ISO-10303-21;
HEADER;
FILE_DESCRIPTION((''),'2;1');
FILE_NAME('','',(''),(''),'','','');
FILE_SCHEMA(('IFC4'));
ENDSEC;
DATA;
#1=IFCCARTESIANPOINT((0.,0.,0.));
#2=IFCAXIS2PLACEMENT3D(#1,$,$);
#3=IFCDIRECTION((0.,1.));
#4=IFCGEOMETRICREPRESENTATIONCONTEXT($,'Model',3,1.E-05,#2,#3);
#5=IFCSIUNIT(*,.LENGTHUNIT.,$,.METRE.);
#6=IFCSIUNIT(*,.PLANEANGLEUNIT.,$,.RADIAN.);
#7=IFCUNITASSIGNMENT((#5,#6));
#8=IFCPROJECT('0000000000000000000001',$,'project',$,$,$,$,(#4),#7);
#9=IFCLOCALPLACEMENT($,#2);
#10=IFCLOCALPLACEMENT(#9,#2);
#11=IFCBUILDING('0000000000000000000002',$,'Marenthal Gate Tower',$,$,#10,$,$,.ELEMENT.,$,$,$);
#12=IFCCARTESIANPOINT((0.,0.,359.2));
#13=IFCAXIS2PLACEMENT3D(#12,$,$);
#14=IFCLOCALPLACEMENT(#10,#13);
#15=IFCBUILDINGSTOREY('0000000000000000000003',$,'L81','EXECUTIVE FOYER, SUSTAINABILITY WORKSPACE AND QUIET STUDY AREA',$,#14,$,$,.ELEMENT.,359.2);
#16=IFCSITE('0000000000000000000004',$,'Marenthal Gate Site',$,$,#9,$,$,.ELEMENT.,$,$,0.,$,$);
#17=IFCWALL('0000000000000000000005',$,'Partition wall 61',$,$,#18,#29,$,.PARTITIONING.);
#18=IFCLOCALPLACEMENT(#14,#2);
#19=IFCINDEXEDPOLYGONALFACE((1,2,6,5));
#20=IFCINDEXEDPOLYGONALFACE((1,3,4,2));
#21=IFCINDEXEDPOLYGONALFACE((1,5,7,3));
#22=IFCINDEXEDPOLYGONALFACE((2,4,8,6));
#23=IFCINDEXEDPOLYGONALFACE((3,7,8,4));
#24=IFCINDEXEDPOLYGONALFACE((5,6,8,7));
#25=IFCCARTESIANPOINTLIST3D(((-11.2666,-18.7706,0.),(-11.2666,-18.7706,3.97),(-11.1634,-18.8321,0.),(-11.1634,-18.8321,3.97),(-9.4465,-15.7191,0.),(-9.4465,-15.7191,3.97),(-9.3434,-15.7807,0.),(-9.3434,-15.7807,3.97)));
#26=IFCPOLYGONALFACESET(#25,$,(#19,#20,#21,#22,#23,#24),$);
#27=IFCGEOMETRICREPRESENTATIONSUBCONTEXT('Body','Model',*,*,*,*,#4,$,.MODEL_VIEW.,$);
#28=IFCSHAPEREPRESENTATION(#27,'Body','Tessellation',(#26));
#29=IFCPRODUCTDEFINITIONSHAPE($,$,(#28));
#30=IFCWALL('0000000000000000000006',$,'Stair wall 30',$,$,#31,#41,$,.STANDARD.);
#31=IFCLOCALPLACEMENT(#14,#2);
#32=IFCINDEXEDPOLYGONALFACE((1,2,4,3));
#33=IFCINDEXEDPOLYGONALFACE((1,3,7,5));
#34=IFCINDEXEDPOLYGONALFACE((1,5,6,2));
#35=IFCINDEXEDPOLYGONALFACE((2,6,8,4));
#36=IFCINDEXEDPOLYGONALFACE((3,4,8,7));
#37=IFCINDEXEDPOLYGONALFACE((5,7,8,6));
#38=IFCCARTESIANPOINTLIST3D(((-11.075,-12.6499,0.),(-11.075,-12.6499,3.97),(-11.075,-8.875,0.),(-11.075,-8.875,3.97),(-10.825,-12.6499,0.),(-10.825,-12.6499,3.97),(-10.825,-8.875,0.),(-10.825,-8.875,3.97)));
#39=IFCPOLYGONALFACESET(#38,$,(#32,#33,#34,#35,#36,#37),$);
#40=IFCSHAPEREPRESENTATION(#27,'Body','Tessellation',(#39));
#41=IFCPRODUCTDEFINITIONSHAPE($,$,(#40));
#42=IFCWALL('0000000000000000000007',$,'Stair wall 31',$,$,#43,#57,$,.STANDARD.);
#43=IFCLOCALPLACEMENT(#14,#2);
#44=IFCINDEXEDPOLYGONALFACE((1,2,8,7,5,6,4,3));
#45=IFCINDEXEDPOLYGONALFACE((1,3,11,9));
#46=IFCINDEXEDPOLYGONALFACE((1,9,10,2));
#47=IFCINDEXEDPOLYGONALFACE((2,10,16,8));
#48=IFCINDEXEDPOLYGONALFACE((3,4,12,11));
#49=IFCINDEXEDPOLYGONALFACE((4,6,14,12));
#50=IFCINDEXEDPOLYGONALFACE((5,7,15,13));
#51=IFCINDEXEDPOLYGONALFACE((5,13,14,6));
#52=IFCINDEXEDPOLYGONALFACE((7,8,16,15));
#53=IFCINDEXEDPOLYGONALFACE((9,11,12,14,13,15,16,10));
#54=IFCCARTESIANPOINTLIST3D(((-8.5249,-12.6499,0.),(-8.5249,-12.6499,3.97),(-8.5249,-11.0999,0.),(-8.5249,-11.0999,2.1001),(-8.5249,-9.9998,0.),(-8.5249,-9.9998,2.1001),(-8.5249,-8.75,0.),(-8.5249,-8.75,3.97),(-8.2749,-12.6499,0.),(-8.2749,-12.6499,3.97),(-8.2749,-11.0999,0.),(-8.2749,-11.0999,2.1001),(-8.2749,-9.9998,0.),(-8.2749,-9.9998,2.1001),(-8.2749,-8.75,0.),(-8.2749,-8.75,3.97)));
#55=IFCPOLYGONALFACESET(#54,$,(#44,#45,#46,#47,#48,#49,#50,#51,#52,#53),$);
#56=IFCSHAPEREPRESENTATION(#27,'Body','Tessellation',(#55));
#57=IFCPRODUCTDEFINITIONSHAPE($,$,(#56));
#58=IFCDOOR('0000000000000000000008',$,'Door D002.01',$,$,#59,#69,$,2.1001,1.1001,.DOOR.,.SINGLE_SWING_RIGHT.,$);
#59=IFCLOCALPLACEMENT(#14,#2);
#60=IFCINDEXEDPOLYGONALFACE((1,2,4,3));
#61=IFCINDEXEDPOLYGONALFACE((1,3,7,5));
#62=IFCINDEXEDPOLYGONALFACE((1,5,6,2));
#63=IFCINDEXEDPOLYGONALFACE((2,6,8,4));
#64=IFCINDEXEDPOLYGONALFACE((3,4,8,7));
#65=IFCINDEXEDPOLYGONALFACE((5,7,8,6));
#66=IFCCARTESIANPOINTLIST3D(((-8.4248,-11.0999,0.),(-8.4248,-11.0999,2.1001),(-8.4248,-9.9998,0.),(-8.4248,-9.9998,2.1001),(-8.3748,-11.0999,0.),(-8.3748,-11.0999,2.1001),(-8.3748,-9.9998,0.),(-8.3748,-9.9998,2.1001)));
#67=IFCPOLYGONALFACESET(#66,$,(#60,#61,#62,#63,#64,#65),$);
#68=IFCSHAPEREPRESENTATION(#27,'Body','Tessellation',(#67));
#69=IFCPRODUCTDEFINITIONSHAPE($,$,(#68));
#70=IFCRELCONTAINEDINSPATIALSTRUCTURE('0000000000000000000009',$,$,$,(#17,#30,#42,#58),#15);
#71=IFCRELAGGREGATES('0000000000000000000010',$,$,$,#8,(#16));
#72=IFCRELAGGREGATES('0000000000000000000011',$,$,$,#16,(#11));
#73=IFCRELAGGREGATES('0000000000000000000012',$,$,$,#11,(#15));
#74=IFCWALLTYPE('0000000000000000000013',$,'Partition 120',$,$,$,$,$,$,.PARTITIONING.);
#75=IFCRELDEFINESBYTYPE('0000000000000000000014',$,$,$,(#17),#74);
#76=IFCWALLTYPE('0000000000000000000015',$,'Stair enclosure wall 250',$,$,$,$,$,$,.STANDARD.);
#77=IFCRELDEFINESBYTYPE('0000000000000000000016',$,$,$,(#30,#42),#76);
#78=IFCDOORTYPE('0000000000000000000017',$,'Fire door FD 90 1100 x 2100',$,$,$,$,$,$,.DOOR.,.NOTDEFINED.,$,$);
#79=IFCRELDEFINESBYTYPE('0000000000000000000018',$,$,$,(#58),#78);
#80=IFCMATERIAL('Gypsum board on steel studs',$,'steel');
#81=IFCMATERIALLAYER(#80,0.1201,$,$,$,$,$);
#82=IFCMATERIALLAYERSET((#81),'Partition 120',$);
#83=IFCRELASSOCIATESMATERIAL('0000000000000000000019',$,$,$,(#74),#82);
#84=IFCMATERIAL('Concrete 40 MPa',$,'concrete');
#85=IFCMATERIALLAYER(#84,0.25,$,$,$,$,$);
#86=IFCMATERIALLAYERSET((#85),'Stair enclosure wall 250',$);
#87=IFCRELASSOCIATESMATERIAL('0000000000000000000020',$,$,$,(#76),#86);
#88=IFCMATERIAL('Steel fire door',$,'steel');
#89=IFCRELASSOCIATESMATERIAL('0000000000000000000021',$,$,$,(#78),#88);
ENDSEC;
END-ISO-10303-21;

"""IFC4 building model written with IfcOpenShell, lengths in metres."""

from ifc_helpers import new_model, si_unit, direction, frame, frame_2d, origin, place, context, subcontext, project, spatial, rectangle, extrude, material, layer, layer_set, type_object, element, fill, save


model = new_model("IFC4")

# Units and contexts
model_context = context("Model", 3, precision=1e-05, world=origin(), true_north=direction((0.0, 1.0)))
body_context = subcontext(model_context, "Body", "Model", "MODEL_VIEW")
ifc_project = project(units=[si_unit("LENGTHUNIT", "METRE"), si_unit("PLANEANGLEUNIT", "RADIAN")], contexts=[model_context])

# Site, building, storey
site_placement = place(None, origin())
site = spatial("IfcSite", under=ifc_project, at=site_placement, Name="Marenthal Gate Site", CompositionType="ELEMENT", RefElevation=0.0)
building_placement = place(site_placement, origin())
building = spatial("IfcBuilding", under=site, at=building_placement, Name="Marenthal Gate Tower", CompositionType="ELEMENT")
storey_placement = place(building_placement, frame((0.0, 0.0, 359.2)))
storey = spatial("IfcBuildingStorey", under=building, at=storey_placement, Name="L81", Description="EXECUTIVE FOYER, SUSTAINABILITY WORKSPACE AND QUIET STUDY AREA", CompositionType="ELEMENT", Elevation=359.2)

# Walls
ifc_material_1 = material(Name="Gypsum board on steel studs", Category="steel")
ifc_layer_1 = layer(ifc_material_1, 0.1201)
ifc_layer_set_1 = layer_set([ifc_layer_1], Name="Partition 120")
wall_type_1 = type_object("IfcWallType", Name="Partition 120", PredefinedType="PARTITIONING", material=ifc_layer_set_1)
wall_1_placement = place(storey_placement, frame((-9.395, -15.75, 0.0), z_axis=(0.0, 0.0, 1.0), x_axis=(-0.512251, -0.858836, 0.0)))
element("IfcWall", 1, at=wall_1_placement, inside=storey, type_object=wall_type_1, Name="Partition wall 61", PredefinedType="PARTITIONING", context=body_context, shape_type="SweptSolid", body=[
    extrude(rectangle(XDim=3.553, YDim=0.1201, at=frame_2d((1.7764, 0.0))), origin(), (0.0, 0.0, 1.0), 3.97),
])
ifc_material_2 = material(Name="Concrete 40 MPa", Category="concrete")
ifc_layer_2 = layer(ifc_material_2, 0.25)
ifc_layer_set_2 = layer_set([ifc_layer_2], Name="Stair enclosure wall 250")
wall_type_2 = type_object("IfcWallType", Name="Stair enclosure wall 250", PredefinedType="STANDARD", material=ifc_layer_set_2)
wall_2_placement = place(storey_placement, frame((-10.95, -12.6499, 0.0), z_axis=(0.0, 0.0, 1.0), x_axis=(0.0, 1.0, 0.0)))
element("IfcWall", 2, at=wall_2_placement, inside=storey, type_object=wall_type_2, Name="Stair wall 30", PredefinedType="STANDARD", context=body_context, shape_type="SweptSolid", body=[
    extrude(rectangle(XDim=3.7749, YDim=0.25, at=frame_2d((1.8875, 0.0))), origin(), (0.0, 0.0, 1.0), 3.97),
])

# Wall, opening, door
wall_3_placement = place(storey_placement, frame((-8.3999, -12.6499, 0.0), z_axis=(0.0, 0.0, 1.0), x_axis=(0.0, 1.0, 0.0)))
wall_3 = element("IfcWall", 3, at=wall_3_placement, inside=storey, type_object=wall_type_2, Name="Stair wall 31", PredefinedType="STANDARD", context=body_context, shape_type="SweptSolid", body=[
    extrude(rectangle(XDim=3.8999, YDim=0.25, at=frame_2d((1.95, 0.0))), origin(), (0.0, 0.0, 1.0), 3.97),
])
opening_1_placement = place(wall_3_placement, frame((1.55, 0.0, 0.0)))
opening_1 = element("IfcOpeningElement", 4, at=opening_1_placement, cuts=wall_3, PredefinedType="OPENING", context=body_context, shape_type="SweptSolid", body=[
    extrude(rectangle(XDim=1.1001, YDim=2.1001, at=frame_2d((0.55, 1.05))), frame((0.0, 0.135, 0.0), z_axis=(0.0, -1.0, 0.0), x_axis=(1.0, 0.0, 0.0)), (0.0, 0.0, 1.0), 0.27),
])
ifc_material_3 = material(Name="Steel fire door", Category="steel")
door_type_1 = type_object("IfcDoorType", Name="Fire door FD 90 1100 x 2100", OperationType="NOTDEFINED", PredefinedType="DOOR", material=ifc_material_3)
door_1_placement = place(opening_1_placement, origin())
door_1 = element("IfcDoor", 5, at=door_1_placement, inside=storey, type_object=door_type_1, Name="Door D002.01", OperationType="SINGLE_SWING_RIGHT", OverallHeight=2.1001, OverallWidth=1.1001, PredefinedType="DOOR", context=body_context, shape_type="SweptSolid", body=[
    extrude(rectangle(XDim=1.1001, YDim=2.1001, at=frame_2d((0.55, 1.05))), frame((0.0, 0.0249, 0.0), z_axis=(0.0, -1.0, 0.0), x_axis=(1.0, 0.0, 0.0)), (0.0, 0.0, 1.0), 0.05),
])
fill(opening_1, door_1)

save(model, "model.ifc")
